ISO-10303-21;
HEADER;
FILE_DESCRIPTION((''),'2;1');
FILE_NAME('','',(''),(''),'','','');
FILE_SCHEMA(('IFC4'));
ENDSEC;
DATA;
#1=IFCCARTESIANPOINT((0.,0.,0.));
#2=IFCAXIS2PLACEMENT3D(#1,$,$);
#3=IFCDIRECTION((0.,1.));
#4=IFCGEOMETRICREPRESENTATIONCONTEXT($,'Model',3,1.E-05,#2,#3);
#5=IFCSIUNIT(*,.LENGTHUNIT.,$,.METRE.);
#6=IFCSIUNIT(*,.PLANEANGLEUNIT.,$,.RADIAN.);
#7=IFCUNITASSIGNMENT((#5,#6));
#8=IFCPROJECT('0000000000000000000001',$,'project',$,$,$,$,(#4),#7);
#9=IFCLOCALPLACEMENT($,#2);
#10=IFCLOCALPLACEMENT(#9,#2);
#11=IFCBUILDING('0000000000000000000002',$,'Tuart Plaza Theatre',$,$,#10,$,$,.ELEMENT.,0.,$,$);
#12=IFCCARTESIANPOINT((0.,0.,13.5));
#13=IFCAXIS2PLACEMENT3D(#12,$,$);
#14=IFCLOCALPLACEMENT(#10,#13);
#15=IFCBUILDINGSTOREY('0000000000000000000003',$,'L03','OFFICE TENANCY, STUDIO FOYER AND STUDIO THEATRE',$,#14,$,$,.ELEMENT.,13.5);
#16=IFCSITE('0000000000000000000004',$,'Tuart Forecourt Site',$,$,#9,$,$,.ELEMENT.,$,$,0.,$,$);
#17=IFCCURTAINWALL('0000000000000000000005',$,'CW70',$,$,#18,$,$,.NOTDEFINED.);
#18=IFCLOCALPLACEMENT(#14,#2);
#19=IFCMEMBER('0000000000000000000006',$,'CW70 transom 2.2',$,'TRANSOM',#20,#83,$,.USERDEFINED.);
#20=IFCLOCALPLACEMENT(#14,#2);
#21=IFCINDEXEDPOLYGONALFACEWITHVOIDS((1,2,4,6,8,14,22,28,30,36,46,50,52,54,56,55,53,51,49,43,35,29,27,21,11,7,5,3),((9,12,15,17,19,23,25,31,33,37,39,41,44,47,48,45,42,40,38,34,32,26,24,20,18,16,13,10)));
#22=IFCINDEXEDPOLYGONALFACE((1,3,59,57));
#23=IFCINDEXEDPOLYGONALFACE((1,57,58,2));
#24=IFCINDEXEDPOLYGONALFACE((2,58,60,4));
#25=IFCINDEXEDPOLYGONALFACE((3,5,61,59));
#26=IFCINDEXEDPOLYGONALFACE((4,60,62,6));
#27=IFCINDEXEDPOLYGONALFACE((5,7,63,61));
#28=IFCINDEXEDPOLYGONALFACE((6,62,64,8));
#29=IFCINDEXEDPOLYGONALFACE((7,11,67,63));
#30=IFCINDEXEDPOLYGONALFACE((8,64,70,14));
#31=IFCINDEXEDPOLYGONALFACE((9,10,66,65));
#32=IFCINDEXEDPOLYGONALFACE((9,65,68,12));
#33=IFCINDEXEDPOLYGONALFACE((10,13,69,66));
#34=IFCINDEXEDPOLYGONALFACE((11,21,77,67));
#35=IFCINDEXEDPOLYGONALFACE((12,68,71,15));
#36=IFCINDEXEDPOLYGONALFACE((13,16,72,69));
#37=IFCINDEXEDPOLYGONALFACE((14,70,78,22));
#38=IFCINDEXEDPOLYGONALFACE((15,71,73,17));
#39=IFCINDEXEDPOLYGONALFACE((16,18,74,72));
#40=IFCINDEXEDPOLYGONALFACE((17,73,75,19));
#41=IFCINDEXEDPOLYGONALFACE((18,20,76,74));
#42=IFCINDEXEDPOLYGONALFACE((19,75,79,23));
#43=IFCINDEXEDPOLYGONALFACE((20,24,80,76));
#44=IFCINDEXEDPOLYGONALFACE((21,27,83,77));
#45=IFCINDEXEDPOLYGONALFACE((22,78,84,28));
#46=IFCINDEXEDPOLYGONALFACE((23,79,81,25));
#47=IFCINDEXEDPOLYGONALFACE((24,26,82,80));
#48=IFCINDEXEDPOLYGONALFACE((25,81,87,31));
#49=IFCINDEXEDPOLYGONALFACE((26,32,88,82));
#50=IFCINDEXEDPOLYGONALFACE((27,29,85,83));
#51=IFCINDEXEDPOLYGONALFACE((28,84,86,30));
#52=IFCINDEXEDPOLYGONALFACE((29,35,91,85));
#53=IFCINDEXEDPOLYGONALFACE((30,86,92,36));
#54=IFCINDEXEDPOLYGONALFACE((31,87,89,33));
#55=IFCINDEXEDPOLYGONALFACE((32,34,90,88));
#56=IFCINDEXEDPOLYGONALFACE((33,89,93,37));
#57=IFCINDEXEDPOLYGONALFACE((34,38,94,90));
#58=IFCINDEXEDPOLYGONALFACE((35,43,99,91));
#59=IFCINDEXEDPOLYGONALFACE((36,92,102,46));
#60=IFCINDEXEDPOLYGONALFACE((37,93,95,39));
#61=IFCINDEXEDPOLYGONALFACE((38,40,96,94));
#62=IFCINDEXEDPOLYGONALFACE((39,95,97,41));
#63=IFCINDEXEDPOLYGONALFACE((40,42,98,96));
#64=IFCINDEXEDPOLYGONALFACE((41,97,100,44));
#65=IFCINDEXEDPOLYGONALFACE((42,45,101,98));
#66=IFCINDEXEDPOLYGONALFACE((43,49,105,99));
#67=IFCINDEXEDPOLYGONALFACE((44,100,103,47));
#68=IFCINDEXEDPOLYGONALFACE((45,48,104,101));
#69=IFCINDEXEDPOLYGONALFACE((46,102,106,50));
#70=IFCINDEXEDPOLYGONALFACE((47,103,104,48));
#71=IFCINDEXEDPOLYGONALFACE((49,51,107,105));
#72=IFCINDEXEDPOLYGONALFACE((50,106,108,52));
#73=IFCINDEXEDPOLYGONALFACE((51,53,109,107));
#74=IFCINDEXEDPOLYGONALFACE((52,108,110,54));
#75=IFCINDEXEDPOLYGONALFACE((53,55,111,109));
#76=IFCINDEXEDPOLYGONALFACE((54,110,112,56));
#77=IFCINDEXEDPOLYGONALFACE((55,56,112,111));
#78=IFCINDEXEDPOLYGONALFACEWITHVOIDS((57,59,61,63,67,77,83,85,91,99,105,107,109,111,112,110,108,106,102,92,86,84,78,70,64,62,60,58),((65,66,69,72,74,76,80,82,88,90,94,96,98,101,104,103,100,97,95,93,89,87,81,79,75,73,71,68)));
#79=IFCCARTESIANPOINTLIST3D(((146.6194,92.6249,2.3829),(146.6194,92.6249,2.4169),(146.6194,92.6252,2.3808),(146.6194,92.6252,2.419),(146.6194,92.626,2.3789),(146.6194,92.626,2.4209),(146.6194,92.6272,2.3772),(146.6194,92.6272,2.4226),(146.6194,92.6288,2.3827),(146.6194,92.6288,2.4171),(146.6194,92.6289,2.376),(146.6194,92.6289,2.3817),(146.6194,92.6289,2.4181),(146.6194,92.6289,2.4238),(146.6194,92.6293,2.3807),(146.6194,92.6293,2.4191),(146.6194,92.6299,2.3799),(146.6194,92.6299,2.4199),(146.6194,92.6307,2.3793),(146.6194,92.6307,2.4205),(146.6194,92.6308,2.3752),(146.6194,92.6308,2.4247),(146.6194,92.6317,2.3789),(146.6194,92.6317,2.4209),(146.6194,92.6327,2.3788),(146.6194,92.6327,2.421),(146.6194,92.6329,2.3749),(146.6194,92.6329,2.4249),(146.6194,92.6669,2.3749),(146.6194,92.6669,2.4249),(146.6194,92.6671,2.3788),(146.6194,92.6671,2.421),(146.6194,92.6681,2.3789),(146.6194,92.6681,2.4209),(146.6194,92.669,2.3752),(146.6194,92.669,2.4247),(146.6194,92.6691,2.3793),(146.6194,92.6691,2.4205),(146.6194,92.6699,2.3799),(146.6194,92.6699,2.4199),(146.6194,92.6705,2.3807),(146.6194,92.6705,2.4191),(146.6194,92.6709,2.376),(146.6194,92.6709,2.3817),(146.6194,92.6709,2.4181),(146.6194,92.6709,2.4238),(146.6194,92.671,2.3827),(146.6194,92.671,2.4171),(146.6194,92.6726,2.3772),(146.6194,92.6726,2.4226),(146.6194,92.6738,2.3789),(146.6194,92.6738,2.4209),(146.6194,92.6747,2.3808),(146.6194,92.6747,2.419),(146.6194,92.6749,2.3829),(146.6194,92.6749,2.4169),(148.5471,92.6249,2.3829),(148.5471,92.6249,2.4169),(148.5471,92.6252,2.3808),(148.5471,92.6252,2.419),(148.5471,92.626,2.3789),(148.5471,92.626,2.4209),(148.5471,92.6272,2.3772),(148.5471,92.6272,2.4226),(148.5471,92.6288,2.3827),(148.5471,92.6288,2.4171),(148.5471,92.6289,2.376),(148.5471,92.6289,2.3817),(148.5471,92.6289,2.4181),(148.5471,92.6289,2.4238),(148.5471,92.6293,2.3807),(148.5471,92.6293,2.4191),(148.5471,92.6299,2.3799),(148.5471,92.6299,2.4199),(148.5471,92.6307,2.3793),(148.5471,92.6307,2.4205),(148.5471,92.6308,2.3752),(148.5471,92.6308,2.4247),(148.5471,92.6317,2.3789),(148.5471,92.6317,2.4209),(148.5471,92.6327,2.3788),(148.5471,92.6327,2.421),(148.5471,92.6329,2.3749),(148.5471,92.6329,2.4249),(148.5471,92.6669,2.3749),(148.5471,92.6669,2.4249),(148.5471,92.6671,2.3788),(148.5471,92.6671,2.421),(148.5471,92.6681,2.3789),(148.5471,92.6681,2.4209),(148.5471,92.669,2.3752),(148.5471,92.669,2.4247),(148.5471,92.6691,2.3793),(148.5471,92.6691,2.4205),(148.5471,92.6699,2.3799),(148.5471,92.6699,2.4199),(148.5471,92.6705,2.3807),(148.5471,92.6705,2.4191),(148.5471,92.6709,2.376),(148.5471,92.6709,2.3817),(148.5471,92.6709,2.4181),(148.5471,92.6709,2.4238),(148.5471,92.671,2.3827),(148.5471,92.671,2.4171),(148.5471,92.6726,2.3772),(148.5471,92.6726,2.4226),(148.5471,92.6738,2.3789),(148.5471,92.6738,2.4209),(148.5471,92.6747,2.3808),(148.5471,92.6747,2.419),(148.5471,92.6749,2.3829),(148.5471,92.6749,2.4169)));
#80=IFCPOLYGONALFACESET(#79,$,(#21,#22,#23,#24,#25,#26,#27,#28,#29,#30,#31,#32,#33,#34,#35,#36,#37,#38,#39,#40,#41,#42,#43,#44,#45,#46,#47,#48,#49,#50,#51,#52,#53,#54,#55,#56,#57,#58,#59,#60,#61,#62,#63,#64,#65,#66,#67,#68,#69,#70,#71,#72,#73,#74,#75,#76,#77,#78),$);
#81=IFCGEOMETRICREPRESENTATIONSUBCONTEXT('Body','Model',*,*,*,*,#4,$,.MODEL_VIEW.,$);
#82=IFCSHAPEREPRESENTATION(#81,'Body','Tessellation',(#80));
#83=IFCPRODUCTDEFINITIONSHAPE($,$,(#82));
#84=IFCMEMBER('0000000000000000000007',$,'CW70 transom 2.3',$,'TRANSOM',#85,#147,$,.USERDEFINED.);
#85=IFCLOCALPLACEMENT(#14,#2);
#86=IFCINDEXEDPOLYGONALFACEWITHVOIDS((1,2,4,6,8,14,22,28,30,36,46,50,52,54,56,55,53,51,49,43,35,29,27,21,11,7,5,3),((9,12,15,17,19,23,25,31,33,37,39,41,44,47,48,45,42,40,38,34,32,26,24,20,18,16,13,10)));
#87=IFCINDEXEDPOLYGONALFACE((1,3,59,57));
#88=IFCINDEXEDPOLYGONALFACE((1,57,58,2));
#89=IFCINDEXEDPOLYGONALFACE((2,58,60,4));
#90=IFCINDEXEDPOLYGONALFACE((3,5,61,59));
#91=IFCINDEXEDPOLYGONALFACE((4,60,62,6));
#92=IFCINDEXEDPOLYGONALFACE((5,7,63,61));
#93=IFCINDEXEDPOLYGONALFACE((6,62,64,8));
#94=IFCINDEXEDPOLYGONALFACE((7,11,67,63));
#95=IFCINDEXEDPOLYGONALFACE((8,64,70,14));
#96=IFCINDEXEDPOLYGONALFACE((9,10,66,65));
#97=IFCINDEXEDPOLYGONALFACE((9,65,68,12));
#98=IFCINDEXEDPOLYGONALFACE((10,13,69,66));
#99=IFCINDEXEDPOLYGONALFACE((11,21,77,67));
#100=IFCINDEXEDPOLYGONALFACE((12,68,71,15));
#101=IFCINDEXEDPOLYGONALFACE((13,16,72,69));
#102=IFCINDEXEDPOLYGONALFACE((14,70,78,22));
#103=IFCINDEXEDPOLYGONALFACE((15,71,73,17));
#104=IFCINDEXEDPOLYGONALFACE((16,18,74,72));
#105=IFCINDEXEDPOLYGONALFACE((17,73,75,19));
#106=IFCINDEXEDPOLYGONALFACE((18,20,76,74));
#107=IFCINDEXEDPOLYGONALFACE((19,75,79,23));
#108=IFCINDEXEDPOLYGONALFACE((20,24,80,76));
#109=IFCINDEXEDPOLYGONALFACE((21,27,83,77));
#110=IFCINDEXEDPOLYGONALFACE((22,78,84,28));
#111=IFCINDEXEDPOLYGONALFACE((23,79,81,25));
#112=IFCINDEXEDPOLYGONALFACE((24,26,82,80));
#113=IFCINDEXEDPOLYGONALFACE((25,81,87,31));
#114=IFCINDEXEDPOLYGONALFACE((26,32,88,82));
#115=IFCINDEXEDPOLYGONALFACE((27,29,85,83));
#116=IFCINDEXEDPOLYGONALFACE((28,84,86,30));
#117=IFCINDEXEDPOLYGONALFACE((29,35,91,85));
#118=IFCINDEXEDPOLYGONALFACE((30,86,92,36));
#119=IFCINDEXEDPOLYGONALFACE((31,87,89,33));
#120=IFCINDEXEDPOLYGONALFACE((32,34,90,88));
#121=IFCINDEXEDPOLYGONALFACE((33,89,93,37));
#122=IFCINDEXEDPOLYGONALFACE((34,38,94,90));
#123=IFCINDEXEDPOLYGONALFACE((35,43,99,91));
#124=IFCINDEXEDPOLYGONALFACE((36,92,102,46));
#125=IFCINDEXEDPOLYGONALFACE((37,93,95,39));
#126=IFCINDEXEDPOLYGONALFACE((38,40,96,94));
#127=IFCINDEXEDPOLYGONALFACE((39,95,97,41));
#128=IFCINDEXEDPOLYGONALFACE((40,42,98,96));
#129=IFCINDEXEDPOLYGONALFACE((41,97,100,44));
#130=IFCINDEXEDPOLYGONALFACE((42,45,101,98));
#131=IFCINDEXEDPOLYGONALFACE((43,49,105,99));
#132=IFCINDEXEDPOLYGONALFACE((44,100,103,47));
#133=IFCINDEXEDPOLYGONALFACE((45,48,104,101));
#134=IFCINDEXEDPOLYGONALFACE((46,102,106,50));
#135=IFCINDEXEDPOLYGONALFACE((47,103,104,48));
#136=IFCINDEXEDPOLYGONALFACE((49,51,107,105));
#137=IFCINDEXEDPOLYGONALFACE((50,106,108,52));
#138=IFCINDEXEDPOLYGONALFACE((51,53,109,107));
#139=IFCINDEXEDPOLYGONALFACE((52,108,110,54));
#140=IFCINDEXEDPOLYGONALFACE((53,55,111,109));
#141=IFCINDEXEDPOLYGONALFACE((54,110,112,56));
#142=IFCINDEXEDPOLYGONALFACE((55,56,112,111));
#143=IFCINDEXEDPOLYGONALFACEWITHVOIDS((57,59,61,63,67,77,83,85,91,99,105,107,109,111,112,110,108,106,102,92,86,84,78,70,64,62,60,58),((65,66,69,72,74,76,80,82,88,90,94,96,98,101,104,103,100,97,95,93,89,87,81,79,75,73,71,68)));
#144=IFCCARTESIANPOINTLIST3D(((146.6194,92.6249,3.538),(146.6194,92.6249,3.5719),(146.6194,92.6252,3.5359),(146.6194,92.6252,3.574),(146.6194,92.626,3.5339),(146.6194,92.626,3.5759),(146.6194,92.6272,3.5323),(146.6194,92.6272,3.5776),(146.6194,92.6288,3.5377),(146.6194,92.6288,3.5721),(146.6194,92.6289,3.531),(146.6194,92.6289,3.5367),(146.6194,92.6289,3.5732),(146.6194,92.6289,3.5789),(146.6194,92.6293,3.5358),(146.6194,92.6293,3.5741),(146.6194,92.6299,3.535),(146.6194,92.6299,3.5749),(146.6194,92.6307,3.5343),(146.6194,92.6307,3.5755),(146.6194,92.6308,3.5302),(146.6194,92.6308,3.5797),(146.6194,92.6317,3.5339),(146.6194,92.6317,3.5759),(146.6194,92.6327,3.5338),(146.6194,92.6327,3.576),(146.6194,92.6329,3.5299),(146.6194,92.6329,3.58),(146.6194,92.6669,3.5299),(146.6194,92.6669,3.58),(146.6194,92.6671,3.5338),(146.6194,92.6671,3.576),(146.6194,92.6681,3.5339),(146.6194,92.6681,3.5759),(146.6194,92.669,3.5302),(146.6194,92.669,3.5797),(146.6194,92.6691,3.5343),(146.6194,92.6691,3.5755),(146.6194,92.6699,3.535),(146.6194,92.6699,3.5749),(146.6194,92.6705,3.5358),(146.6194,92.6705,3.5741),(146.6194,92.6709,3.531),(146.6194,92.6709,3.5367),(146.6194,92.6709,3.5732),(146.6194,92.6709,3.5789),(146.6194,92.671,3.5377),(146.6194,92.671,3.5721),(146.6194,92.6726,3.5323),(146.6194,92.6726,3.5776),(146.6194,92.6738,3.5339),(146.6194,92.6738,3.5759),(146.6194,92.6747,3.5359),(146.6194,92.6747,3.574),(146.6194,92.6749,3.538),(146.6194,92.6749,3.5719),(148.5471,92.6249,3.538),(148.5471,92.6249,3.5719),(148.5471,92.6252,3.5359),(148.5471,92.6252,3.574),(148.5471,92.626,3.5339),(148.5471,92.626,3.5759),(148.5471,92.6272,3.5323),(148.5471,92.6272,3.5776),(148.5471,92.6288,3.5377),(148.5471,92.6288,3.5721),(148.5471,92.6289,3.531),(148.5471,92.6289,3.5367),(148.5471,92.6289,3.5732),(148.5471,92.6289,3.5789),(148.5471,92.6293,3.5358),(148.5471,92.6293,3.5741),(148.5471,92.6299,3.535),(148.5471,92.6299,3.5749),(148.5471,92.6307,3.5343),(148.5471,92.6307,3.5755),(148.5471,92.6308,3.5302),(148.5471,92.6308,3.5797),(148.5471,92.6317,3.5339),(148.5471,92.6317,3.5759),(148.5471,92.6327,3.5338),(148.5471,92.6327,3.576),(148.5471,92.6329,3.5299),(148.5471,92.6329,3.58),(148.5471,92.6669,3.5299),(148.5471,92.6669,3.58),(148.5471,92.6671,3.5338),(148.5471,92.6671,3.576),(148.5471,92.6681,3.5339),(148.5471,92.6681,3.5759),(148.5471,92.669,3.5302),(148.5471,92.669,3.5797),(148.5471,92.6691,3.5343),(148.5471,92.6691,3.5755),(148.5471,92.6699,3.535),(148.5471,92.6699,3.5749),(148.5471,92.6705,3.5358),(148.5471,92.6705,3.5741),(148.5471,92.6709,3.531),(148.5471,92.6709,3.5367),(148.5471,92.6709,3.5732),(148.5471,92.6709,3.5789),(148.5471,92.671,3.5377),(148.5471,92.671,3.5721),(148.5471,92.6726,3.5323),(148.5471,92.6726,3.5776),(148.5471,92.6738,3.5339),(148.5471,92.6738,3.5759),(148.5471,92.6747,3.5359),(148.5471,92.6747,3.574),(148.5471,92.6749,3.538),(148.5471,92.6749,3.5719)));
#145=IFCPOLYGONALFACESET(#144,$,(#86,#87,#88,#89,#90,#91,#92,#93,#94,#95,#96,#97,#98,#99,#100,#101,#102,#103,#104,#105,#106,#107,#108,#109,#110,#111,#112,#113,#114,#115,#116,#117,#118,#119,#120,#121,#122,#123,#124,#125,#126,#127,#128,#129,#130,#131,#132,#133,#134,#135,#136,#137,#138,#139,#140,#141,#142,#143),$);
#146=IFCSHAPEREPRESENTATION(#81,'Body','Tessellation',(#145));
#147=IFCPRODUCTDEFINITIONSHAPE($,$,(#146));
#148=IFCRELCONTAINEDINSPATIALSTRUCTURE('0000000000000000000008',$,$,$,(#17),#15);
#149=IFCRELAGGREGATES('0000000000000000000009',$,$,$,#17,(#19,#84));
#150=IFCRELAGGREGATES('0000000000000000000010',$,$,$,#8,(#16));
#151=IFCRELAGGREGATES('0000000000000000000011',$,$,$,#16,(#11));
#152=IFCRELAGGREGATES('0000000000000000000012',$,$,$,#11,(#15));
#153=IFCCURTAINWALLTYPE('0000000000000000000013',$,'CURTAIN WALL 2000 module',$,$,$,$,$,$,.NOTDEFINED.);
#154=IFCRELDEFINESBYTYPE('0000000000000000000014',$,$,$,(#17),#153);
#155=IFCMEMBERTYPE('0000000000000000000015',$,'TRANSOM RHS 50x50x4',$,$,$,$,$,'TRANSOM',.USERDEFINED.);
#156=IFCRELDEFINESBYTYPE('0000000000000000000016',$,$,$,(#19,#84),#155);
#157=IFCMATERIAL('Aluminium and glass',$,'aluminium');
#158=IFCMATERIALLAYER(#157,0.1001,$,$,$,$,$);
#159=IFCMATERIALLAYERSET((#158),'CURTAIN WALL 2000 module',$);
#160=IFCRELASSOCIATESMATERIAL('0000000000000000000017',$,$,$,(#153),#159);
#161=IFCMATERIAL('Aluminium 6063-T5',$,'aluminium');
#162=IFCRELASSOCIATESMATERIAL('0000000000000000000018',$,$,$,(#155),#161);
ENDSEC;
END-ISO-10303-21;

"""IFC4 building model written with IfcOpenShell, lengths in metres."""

from ifc_helpers import new_model, si_unit, direction, frame, origin, origin_2d, place, context, subcontext, project, spatial, hollow_rectangle, extrude, material, layer, layer_set, material_profile, profile_set, type_object, element, aggregate, save


model = new_model("IFC4")

# Units and contexts
model_context = context("Model", 3, precision=1e-05, world=origin(), true_north=direction((0.0, 1.0)))
body_context = subcontext(model_context, "Body", "Model", "MODEL_VIEW")
ifc_project = project(units=[si_unit("LENGTHUNIT", "METRE"), si_unit("PLANEANGLEUNIT", "RADIAN")], contexts=[model_context])

# Site, building, storey
site_placement = place(None, origin())
site = spatial("IfcSite", under=ifc_project, at=site_placement, Name="Tuart Forecourt Site", CompositionType="ELEMENT", RefElevation=0.0)
building_placement = place(site_placement, origin())
building = spatial("IfcBuilding", under=site, at=building_placement, Name="Tuart Plaza Theatre", CompositionType="ELEMENT", ElevationOfRefHeight=0.0)
storey_placement = place(building_placement, frame((0.0, 0.0, 13.5)))
storey = spatial("IfcBuildingStorey", under=building, at=storey_placement, Name="L03", Description="OFFICE TENANCY, STUDIO FOYER AND STUDIO THEATRE", CompositionType="ELEMENT", Elevation=13.5)

# Curtain wall
ifc_material_1 = material(Name="Aluminium and glass", Category="aluminium")
ifc_layer_1 = layer(ifc_material_1, 0.1001)
ifc_layer_set_1 = layer_set([ifc_layer_1], Name="CURTAIN WALL 2000 module")
curtain_wall_type = type_object("IfcCurtainWallType", Name="CURTAIN WALL 2000 module", PredefinedType="NOTDEFINED", material=ifc_layer_set_1)
curtain_wall_1_placement = place(storey_placement, origin())
curtain_wall_1 = element("IfcCurtainWall", 1, at=curtain_wall_1_placement, inside=storey, type_object=curtain_wall_type, Name="CW70", PredefinedType="NOTDEFINED")

# Members
ifc_material_2 = material(Name="Aluminium 6063-T5", Category="aluminium")
ifc_material_profile_1 = material_profile(ifc_material_2, hollow_rectangle(XDim=0.05, YDim=0.05, WallThickness=0.0039, InnerFilletRadius=0.0039, OuterFilletRadius=0.0081, at=origin_2d()), Name="RHS 50x50x4")
ifc_profile_set_1 = profile_set([ifc_material_profile_1], Name="Aluminium 6063-T5")
member_type_1 = type_object("IfcMemberType", Name="TRANSOM RHS 50x50x4", ElementType="TRANSOM", PredefinedType="USERDEFINED", material=ifc_profile_set_1)
member_1_placement = place(storey_placement, frame((148.5471, 92.6499, 2.3999), z_axis=(-1.0, 0.0, 0.0), x_axis=(0.0, -1.0, 0.0)))
member_1 = element("IfcMember", 2, at=member_1_placement, type_object=member_type_1, Name="CW70 transom 2.2", ObjectType="TRANSOM", PredefinedType="USERDEFINED", context=body_context, shape_type="SweptSolid", body=[
    extrude(hollow_rectangle(XDim=0.05, YDim=0.05, WallThickness=0.0039, InnerFilletRadius=0.0039, OuterFilletRadius=0.0081, at=origin_2d()), origin(), (0.0, 0.0, 1.0), 1.9277),
])
member_2_placement = place(storey_placement, frame((148.5471, 92.6499, 3.5549), z_axis=(-1.0, 0.0, 0.0), x_axis=(0.0, -1.0, 0.0)))
member_2 = element("IfcMember", 3, at=member_2_placement, type_object=member_type_1, Name="CW70 transom 2.3", ObjectType="TRANSOM", PredefinedType="USERDEFINED", context=body_context, shape_type="SweptSolid", body=[
    extrude(hollow_rectangle(XDim=0.05, YDim=0.05, WallThickness=0.0039, InnerFilletRadius=0.0039, OuterFilletRadius=0.0081, at=origin_2d()), origin(), (0.0, 0.0, 1.0), 1.9277),
])

aggregate(curtain_wall_1, [member_1, member_2])

save(model, "model.ifc")
